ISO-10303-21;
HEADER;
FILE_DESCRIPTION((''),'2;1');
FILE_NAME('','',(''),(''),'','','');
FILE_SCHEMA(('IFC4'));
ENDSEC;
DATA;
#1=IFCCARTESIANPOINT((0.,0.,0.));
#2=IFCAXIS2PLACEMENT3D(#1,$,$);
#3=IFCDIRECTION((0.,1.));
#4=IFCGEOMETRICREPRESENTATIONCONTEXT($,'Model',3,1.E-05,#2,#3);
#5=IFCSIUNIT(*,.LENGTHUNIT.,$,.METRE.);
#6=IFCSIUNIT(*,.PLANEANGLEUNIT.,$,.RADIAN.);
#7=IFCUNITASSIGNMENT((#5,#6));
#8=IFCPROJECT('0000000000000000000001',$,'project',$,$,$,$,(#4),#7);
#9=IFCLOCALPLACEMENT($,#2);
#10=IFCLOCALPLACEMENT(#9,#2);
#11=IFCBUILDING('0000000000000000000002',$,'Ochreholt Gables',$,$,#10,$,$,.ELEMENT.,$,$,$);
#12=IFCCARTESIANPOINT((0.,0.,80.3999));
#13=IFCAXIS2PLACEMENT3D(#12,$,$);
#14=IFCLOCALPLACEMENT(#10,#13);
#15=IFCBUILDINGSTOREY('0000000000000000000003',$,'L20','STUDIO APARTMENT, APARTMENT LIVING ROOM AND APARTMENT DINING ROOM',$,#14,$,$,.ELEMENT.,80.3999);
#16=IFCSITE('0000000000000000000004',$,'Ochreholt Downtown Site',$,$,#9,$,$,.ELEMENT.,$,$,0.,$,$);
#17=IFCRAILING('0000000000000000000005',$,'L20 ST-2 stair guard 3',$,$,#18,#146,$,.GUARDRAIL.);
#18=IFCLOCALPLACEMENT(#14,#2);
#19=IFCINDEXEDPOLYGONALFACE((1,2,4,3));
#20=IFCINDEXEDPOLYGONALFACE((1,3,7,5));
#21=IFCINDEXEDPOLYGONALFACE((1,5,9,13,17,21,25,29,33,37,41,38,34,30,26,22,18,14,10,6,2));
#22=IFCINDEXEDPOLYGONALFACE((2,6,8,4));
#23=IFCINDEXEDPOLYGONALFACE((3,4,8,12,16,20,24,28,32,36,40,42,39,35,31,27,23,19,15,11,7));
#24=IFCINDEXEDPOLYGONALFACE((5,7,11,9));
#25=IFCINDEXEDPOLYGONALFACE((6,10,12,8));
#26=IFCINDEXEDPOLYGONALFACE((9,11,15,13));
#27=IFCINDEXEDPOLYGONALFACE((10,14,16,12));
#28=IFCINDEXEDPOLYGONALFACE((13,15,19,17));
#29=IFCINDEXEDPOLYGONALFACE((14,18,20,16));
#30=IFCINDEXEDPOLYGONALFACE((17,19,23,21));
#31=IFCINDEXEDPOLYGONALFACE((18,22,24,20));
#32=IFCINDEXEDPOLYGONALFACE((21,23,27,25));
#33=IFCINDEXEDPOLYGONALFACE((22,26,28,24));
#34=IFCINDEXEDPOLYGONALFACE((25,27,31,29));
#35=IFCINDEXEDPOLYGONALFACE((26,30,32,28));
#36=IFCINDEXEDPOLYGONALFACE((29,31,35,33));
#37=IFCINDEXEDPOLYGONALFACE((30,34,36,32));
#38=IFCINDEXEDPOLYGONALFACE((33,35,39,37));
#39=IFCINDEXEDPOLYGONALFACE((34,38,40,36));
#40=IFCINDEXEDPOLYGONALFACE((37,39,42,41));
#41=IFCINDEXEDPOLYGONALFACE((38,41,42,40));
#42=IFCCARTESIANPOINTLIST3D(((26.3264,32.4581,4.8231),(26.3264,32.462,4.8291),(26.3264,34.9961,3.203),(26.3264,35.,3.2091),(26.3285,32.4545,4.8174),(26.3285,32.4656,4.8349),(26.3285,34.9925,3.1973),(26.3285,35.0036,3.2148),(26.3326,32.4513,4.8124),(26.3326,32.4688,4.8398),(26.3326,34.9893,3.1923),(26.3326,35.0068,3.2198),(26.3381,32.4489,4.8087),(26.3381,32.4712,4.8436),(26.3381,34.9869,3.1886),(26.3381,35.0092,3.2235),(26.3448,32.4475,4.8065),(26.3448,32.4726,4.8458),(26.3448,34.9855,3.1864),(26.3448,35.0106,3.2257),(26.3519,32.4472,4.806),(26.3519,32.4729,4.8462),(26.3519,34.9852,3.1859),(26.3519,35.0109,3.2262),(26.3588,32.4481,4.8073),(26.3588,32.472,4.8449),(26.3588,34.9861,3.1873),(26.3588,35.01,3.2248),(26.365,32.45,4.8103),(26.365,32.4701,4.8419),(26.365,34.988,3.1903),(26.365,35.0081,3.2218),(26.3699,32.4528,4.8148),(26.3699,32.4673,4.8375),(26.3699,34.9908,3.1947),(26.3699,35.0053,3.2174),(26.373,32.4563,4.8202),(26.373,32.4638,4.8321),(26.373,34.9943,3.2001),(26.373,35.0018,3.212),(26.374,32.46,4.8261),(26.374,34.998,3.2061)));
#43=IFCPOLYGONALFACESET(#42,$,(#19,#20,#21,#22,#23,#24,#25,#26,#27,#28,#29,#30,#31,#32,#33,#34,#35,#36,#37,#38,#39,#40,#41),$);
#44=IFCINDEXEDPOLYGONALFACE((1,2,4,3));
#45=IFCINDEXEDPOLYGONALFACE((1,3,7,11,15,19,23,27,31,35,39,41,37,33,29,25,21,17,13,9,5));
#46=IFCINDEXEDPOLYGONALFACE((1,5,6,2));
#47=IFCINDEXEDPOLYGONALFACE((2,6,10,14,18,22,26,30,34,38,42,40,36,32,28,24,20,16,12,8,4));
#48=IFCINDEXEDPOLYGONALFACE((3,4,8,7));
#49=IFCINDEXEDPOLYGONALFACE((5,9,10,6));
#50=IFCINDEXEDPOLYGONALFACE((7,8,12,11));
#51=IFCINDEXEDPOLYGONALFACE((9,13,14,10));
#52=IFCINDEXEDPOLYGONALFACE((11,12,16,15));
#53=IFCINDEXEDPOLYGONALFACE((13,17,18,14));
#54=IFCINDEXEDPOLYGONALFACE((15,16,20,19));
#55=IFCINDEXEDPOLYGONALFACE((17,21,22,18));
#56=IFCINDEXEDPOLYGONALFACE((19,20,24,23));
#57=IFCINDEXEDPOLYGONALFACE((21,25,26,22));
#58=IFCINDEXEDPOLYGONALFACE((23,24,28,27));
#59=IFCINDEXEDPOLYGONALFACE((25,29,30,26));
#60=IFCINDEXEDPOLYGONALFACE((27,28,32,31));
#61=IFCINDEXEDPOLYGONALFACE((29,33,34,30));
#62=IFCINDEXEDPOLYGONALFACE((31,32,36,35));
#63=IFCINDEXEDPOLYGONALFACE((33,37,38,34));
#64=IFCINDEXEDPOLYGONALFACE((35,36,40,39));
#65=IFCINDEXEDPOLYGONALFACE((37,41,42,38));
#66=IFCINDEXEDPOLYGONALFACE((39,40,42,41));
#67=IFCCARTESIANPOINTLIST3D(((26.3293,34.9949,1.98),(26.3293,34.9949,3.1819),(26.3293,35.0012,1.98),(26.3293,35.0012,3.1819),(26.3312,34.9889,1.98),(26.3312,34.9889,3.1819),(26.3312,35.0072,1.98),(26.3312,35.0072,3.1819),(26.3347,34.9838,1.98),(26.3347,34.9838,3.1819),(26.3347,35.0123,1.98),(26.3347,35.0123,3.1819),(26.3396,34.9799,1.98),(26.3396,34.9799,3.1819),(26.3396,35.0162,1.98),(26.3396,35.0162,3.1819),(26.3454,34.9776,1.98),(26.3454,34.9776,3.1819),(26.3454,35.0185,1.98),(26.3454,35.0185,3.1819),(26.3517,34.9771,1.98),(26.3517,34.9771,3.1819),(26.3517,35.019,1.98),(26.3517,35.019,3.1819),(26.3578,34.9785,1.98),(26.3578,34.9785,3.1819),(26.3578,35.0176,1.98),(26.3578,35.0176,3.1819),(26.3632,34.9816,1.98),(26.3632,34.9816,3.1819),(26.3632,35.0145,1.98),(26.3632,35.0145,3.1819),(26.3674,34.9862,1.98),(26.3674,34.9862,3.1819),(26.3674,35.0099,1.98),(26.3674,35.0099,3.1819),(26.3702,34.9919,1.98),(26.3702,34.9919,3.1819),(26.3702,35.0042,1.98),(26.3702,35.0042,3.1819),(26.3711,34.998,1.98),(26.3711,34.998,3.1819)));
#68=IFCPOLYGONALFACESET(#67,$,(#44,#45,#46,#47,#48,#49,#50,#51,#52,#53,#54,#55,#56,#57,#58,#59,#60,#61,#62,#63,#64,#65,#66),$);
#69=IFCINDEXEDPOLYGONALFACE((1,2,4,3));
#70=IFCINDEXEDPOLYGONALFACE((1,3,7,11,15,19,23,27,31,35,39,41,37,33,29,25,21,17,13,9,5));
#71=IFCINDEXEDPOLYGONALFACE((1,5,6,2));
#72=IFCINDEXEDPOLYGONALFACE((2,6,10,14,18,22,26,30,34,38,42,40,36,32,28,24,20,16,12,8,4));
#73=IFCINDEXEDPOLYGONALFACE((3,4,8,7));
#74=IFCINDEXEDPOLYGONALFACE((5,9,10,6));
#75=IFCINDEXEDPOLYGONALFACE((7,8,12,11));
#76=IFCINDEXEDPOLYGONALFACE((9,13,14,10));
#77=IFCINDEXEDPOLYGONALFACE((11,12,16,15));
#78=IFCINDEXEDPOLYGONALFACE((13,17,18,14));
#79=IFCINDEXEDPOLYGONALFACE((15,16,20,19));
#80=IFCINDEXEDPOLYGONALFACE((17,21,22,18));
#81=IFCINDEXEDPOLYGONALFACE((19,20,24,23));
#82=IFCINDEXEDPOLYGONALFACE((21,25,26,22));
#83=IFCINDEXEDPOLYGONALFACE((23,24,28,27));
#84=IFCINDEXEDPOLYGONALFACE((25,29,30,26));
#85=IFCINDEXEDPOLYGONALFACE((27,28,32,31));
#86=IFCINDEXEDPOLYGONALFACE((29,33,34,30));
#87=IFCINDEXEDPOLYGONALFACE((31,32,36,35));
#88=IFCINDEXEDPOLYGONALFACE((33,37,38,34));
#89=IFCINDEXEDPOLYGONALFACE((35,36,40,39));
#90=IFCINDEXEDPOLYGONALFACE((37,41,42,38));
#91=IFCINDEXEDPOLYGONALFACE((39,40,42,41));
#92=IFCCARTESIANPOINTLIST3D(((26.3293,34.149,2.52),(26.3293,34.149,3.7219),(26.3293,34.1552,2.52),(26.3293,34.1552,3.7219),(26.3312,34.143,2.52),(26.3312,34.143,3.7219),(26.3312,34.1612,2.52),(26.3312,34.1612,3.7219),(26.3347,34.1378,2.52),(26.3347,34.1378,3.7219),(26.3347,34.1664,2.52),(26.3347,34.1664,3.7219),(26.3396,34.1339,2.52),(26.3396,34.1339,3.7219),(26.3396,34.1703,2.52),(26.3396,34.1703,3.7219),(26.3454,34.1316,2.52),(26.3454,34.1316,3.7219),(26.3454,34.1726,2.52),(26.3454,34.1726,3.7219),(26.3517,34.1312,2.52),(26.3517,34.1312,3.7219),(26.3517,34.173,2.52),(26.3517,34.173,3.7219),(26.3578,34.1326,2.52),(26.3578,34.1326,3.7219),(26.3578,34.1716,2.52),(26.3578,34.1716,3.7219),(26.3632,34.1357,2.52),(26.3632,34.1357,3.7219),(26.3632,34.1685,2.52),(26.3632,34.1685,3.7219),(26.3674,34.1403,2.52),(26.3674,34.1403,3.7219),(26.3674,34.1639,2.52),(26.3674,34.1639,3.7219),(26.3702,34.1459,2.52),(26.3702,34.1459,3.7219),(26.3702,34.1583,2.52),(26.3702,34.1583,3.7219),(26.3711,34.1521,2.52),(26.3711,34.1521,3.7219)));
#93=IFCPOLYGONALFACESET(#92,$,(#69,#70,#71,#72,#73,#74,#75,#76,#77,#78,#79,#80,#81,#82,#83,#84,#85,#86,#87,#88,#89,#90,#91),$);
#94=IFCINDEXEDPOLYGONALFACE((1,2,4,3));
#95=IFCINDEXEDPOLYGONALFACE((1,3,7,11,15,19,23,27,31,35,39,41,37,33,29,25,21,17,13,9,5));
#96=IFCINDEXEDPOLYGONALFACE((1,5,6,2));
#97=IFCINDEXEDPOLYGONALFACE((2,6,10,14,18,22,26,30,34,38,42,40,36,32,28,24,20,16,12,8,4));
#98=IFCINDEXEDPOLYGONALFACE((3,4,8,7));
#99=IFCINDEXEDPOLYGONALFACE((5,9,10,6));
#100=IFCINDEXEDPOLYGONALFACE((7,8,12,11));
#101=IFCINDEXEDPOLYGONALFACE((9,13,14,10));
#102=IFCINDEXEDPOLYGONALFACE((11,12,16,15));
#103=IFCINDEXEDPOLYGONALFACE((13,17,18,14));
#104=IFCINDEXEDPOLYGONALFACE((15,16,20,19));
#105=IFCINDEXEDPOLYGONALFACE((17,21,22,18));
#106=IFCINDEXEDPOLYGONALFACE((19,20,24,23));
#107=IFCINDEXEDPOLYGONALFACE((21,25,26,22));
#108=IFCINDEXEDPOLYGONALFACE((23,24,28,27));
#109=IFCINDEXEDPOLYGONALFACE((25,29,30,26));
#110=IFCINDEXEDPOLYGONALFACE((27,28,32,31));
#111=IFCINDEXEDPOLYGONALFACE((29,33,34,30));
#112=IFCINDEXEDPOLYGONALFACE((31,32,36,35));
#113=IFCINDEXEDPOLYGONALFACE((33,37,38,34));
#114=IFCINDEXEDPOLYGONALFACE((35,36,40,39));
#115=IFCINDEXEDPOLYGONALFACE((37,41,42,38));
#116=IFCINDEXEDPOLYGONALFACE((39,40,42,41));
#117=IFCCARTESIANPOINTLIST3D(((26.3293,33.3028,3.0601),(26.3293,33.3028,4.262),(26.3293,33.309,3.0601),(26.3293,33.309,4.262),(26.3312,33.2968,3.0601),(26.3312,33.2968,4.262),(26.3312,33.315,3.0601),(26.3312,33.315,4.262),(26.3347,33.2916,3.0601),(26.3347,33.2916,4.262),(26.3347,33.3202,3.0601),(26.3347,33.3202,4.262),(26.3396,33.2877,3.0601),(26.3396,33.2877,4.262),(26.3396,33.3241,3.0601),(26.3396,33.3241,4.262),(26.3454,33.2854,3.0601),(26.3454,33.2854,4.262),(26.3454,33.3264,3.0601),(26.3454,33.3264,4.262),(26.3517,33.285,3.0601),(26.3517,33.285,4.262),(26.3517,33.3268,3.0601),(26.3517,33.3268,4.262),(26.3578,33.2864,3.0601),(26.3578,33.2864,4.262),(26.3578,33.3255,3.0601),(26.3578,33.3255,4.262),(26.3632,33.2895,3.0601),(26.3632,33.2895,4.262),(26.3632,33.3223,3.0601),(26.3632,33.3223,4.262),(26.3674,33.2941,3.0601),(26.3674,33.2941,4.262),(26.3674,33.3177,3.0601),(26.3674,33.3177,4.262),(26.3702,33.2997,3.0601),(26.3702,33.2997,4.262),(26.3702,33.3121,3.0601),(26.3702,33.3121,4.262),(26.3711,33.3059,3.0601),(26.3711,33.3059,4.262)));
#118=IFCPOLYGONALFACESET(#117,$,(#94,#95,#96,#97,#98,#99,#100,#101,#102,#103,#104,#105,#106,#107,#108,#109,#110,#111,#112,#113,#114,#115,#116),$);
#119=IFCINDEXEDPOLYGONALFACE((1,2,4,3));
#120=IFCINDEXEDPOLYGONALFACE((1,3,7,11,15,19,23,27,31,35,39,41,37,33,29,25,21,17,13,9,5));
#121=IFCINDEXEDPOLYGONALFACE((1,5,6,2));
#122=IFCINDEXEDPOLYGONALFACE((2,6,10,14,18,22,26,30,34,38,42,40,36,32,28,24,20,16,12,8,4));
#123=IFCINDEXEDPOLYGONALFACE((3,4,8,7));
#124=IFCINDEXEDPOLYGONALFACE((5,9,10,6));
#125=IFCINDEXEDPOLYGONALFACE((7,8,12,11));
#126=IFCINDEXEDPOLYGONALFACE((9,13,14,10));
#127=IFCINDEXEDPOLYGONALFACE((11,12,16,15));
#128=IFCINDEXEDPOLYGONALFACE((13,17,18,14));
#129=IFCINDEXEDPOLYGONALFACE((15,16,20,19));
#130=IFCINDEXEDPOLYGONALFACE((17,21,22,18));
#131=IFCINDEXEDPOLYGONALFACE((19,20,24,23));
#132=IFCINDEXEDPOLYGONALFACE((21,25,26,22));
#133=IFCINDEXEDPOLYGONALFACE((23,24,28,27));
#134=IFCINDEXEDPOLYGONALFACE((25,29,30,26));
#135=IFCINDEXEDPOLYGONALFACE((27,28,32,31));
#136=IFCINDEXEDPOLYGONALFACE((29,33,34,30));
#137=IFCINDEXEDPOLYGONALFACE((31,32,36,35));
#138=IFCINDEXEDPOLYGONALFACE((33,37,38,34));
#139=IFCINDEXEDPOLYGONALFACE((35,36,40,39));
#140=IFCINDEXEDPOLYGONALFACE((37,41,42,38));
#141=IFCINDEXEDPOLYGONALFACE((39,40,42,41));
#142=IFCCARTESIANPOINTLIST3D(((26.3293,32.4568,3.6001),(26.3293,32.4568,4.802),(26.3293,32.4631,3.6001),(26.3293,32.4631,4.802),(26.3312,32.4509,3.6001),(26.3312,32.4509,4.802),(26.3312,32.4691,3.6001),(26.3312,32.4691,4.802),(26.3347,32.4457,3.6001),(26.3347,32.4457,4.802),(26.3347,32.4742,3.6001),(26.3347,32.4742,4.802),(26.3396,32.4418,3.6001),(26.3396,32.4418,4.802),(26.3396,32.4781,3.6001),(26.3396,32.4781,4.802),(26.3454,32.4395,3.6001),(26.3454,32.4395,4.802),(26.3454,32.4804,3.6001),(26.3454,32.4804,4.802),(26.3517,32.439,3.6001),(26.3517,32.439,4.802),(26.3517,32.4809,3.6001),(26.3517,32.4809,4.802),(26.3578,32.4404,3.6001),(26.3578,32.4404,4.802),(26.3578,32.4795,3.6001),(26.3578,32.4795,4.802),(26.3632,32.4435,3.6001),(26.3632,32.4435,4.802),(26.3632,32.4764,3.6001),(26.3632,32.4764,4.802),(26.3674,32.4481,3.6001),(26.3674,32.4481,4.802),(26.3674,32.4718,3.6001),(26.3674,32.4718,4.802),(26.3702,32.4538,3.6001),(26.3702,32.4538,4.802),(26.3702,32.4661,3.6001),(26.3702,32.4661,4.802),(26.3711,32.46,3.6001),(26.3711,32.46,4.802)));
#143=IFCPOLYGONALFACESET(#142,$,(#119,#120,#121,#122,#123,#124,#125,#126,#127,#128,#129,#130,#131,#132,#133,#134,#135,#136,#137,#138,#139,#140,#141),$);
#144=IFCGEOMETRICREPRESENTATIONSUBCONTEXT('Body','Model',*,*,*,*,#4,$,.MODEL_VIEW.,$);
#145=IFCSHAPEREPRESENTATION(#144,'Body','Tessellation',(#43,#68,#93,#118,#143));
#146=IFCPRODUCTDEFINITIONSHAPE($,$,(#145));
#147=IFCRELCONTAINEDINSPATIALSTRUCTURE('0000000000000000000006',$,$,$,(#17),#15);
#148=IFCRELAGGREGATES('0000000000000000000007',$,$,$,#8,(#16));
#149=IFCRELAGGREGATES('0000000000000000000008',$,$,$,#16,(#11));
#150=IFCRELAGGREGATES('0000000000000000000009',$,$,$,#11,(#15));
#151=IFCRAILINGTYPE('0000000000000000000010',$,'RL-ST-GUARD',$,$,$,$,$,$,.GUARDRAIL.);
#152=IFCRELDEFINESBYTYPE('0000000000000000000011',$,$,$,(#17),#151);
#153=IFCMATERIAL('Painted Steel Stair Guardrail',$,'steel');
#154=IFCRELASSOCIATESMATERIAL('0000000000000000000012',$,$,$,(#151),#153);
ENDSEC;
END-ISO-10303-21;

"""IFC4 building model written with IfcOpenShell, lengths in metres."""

from ifc_helpers import new_model, si_unit, direction, frame, origin, origin_2d, place, context, subcontext, project, spatial, circle, extrude, material, type_object, element, save


model = new_model("IFC4")

# Units and contexts
model_context = context("Model", 3, precision=1e-05, world=origin(), true_north=direction((0.0, 1.0)))
body_context = subcontext(model_context, "Body", "Model", "MODEL_VIEW")
ifc_project = project(units=[si_unit("LENGTHUNIT", "METRE"), si_unit("PLANEANGLEUNIT", "RADIAN")], contexts=[model_context])

# Site, building, storey
site_placement = place(None, origin())
site = spatial("IfcSite", under=ifc_project, at=site_placement, Name="Ochreholt Downtown Site", CompositionType="ELEMENT", RefElevation=0.0)
building_placement = place(site_placement, origin())
building = spatial("IfcBuilding", under=site, at=building_placement, Name="Ochreholt Gables", CompositionType="ELEMENT")
storey_placement = place(building_placement, frame((0.0, 0.0, 80.3999)))
storey = spatial("IfcBuildingStorey", under=building, at=storey_placement, Name="L20", Description="STUDIO APARTMENT, APARTMENT LIVING ROOM AND APARTMENT DINING ROOM", CompositionType="ELEMENT", Elevation=80.3999)

# Railing
ifc_material_1 = material(Name="Painted Steel Stair Guardrail", Category="steel")
railing_type_1 = type_object("IfcRailingType", Name="RL-ST-GUARD", PredefinedType="GUARDRAIL", material=ifc_material_1)
railing_1_placement = place(storey_placement, frame((26.3501, 34.998, 1.98)))
element("IfcRailing", 1, at=railing_1_placement, inside=storey, type_object=railing_type_1, Name="L20 ST-2 stair guard 3", PredefinedType="GUARDRAIL", context=body_context, shape_type="SweptSolid", body=[
    extrude(circle(Radius=0.0239, at=origin_2d()), frame((0.0, 0.0, 1.2261), z_axis=(0.0, -0.842913, 0.53805), x_axis=(1.0, 0.0, 0.0)), (0.0, 0.0, 1.0), 3.011),
    extrude(circle(Radius=0.021, at=origin_2d()), origin(), (0.0, 0.0, 1.0), 1.2019),
    extrude(circle(Radius=0.021, at=origin_2d()), frame((0.0, -0.8459, 0.54)), (0.0, 0.0, 1.0), 1.2019),
    extrude(circle(Radius=0.021, at=origin_2d()), frame((0.0, -1.6921, 1.0801)), (0.0, 0.0, 1.0), 1.2019),
    extrude(circle(Radius=0.021, at=origin_2d()), frame((0.0, -2.5381, 1.6201)), (0.0, 0.0, 1.0), 1.2019),
])

save(model, "model.ifc")
